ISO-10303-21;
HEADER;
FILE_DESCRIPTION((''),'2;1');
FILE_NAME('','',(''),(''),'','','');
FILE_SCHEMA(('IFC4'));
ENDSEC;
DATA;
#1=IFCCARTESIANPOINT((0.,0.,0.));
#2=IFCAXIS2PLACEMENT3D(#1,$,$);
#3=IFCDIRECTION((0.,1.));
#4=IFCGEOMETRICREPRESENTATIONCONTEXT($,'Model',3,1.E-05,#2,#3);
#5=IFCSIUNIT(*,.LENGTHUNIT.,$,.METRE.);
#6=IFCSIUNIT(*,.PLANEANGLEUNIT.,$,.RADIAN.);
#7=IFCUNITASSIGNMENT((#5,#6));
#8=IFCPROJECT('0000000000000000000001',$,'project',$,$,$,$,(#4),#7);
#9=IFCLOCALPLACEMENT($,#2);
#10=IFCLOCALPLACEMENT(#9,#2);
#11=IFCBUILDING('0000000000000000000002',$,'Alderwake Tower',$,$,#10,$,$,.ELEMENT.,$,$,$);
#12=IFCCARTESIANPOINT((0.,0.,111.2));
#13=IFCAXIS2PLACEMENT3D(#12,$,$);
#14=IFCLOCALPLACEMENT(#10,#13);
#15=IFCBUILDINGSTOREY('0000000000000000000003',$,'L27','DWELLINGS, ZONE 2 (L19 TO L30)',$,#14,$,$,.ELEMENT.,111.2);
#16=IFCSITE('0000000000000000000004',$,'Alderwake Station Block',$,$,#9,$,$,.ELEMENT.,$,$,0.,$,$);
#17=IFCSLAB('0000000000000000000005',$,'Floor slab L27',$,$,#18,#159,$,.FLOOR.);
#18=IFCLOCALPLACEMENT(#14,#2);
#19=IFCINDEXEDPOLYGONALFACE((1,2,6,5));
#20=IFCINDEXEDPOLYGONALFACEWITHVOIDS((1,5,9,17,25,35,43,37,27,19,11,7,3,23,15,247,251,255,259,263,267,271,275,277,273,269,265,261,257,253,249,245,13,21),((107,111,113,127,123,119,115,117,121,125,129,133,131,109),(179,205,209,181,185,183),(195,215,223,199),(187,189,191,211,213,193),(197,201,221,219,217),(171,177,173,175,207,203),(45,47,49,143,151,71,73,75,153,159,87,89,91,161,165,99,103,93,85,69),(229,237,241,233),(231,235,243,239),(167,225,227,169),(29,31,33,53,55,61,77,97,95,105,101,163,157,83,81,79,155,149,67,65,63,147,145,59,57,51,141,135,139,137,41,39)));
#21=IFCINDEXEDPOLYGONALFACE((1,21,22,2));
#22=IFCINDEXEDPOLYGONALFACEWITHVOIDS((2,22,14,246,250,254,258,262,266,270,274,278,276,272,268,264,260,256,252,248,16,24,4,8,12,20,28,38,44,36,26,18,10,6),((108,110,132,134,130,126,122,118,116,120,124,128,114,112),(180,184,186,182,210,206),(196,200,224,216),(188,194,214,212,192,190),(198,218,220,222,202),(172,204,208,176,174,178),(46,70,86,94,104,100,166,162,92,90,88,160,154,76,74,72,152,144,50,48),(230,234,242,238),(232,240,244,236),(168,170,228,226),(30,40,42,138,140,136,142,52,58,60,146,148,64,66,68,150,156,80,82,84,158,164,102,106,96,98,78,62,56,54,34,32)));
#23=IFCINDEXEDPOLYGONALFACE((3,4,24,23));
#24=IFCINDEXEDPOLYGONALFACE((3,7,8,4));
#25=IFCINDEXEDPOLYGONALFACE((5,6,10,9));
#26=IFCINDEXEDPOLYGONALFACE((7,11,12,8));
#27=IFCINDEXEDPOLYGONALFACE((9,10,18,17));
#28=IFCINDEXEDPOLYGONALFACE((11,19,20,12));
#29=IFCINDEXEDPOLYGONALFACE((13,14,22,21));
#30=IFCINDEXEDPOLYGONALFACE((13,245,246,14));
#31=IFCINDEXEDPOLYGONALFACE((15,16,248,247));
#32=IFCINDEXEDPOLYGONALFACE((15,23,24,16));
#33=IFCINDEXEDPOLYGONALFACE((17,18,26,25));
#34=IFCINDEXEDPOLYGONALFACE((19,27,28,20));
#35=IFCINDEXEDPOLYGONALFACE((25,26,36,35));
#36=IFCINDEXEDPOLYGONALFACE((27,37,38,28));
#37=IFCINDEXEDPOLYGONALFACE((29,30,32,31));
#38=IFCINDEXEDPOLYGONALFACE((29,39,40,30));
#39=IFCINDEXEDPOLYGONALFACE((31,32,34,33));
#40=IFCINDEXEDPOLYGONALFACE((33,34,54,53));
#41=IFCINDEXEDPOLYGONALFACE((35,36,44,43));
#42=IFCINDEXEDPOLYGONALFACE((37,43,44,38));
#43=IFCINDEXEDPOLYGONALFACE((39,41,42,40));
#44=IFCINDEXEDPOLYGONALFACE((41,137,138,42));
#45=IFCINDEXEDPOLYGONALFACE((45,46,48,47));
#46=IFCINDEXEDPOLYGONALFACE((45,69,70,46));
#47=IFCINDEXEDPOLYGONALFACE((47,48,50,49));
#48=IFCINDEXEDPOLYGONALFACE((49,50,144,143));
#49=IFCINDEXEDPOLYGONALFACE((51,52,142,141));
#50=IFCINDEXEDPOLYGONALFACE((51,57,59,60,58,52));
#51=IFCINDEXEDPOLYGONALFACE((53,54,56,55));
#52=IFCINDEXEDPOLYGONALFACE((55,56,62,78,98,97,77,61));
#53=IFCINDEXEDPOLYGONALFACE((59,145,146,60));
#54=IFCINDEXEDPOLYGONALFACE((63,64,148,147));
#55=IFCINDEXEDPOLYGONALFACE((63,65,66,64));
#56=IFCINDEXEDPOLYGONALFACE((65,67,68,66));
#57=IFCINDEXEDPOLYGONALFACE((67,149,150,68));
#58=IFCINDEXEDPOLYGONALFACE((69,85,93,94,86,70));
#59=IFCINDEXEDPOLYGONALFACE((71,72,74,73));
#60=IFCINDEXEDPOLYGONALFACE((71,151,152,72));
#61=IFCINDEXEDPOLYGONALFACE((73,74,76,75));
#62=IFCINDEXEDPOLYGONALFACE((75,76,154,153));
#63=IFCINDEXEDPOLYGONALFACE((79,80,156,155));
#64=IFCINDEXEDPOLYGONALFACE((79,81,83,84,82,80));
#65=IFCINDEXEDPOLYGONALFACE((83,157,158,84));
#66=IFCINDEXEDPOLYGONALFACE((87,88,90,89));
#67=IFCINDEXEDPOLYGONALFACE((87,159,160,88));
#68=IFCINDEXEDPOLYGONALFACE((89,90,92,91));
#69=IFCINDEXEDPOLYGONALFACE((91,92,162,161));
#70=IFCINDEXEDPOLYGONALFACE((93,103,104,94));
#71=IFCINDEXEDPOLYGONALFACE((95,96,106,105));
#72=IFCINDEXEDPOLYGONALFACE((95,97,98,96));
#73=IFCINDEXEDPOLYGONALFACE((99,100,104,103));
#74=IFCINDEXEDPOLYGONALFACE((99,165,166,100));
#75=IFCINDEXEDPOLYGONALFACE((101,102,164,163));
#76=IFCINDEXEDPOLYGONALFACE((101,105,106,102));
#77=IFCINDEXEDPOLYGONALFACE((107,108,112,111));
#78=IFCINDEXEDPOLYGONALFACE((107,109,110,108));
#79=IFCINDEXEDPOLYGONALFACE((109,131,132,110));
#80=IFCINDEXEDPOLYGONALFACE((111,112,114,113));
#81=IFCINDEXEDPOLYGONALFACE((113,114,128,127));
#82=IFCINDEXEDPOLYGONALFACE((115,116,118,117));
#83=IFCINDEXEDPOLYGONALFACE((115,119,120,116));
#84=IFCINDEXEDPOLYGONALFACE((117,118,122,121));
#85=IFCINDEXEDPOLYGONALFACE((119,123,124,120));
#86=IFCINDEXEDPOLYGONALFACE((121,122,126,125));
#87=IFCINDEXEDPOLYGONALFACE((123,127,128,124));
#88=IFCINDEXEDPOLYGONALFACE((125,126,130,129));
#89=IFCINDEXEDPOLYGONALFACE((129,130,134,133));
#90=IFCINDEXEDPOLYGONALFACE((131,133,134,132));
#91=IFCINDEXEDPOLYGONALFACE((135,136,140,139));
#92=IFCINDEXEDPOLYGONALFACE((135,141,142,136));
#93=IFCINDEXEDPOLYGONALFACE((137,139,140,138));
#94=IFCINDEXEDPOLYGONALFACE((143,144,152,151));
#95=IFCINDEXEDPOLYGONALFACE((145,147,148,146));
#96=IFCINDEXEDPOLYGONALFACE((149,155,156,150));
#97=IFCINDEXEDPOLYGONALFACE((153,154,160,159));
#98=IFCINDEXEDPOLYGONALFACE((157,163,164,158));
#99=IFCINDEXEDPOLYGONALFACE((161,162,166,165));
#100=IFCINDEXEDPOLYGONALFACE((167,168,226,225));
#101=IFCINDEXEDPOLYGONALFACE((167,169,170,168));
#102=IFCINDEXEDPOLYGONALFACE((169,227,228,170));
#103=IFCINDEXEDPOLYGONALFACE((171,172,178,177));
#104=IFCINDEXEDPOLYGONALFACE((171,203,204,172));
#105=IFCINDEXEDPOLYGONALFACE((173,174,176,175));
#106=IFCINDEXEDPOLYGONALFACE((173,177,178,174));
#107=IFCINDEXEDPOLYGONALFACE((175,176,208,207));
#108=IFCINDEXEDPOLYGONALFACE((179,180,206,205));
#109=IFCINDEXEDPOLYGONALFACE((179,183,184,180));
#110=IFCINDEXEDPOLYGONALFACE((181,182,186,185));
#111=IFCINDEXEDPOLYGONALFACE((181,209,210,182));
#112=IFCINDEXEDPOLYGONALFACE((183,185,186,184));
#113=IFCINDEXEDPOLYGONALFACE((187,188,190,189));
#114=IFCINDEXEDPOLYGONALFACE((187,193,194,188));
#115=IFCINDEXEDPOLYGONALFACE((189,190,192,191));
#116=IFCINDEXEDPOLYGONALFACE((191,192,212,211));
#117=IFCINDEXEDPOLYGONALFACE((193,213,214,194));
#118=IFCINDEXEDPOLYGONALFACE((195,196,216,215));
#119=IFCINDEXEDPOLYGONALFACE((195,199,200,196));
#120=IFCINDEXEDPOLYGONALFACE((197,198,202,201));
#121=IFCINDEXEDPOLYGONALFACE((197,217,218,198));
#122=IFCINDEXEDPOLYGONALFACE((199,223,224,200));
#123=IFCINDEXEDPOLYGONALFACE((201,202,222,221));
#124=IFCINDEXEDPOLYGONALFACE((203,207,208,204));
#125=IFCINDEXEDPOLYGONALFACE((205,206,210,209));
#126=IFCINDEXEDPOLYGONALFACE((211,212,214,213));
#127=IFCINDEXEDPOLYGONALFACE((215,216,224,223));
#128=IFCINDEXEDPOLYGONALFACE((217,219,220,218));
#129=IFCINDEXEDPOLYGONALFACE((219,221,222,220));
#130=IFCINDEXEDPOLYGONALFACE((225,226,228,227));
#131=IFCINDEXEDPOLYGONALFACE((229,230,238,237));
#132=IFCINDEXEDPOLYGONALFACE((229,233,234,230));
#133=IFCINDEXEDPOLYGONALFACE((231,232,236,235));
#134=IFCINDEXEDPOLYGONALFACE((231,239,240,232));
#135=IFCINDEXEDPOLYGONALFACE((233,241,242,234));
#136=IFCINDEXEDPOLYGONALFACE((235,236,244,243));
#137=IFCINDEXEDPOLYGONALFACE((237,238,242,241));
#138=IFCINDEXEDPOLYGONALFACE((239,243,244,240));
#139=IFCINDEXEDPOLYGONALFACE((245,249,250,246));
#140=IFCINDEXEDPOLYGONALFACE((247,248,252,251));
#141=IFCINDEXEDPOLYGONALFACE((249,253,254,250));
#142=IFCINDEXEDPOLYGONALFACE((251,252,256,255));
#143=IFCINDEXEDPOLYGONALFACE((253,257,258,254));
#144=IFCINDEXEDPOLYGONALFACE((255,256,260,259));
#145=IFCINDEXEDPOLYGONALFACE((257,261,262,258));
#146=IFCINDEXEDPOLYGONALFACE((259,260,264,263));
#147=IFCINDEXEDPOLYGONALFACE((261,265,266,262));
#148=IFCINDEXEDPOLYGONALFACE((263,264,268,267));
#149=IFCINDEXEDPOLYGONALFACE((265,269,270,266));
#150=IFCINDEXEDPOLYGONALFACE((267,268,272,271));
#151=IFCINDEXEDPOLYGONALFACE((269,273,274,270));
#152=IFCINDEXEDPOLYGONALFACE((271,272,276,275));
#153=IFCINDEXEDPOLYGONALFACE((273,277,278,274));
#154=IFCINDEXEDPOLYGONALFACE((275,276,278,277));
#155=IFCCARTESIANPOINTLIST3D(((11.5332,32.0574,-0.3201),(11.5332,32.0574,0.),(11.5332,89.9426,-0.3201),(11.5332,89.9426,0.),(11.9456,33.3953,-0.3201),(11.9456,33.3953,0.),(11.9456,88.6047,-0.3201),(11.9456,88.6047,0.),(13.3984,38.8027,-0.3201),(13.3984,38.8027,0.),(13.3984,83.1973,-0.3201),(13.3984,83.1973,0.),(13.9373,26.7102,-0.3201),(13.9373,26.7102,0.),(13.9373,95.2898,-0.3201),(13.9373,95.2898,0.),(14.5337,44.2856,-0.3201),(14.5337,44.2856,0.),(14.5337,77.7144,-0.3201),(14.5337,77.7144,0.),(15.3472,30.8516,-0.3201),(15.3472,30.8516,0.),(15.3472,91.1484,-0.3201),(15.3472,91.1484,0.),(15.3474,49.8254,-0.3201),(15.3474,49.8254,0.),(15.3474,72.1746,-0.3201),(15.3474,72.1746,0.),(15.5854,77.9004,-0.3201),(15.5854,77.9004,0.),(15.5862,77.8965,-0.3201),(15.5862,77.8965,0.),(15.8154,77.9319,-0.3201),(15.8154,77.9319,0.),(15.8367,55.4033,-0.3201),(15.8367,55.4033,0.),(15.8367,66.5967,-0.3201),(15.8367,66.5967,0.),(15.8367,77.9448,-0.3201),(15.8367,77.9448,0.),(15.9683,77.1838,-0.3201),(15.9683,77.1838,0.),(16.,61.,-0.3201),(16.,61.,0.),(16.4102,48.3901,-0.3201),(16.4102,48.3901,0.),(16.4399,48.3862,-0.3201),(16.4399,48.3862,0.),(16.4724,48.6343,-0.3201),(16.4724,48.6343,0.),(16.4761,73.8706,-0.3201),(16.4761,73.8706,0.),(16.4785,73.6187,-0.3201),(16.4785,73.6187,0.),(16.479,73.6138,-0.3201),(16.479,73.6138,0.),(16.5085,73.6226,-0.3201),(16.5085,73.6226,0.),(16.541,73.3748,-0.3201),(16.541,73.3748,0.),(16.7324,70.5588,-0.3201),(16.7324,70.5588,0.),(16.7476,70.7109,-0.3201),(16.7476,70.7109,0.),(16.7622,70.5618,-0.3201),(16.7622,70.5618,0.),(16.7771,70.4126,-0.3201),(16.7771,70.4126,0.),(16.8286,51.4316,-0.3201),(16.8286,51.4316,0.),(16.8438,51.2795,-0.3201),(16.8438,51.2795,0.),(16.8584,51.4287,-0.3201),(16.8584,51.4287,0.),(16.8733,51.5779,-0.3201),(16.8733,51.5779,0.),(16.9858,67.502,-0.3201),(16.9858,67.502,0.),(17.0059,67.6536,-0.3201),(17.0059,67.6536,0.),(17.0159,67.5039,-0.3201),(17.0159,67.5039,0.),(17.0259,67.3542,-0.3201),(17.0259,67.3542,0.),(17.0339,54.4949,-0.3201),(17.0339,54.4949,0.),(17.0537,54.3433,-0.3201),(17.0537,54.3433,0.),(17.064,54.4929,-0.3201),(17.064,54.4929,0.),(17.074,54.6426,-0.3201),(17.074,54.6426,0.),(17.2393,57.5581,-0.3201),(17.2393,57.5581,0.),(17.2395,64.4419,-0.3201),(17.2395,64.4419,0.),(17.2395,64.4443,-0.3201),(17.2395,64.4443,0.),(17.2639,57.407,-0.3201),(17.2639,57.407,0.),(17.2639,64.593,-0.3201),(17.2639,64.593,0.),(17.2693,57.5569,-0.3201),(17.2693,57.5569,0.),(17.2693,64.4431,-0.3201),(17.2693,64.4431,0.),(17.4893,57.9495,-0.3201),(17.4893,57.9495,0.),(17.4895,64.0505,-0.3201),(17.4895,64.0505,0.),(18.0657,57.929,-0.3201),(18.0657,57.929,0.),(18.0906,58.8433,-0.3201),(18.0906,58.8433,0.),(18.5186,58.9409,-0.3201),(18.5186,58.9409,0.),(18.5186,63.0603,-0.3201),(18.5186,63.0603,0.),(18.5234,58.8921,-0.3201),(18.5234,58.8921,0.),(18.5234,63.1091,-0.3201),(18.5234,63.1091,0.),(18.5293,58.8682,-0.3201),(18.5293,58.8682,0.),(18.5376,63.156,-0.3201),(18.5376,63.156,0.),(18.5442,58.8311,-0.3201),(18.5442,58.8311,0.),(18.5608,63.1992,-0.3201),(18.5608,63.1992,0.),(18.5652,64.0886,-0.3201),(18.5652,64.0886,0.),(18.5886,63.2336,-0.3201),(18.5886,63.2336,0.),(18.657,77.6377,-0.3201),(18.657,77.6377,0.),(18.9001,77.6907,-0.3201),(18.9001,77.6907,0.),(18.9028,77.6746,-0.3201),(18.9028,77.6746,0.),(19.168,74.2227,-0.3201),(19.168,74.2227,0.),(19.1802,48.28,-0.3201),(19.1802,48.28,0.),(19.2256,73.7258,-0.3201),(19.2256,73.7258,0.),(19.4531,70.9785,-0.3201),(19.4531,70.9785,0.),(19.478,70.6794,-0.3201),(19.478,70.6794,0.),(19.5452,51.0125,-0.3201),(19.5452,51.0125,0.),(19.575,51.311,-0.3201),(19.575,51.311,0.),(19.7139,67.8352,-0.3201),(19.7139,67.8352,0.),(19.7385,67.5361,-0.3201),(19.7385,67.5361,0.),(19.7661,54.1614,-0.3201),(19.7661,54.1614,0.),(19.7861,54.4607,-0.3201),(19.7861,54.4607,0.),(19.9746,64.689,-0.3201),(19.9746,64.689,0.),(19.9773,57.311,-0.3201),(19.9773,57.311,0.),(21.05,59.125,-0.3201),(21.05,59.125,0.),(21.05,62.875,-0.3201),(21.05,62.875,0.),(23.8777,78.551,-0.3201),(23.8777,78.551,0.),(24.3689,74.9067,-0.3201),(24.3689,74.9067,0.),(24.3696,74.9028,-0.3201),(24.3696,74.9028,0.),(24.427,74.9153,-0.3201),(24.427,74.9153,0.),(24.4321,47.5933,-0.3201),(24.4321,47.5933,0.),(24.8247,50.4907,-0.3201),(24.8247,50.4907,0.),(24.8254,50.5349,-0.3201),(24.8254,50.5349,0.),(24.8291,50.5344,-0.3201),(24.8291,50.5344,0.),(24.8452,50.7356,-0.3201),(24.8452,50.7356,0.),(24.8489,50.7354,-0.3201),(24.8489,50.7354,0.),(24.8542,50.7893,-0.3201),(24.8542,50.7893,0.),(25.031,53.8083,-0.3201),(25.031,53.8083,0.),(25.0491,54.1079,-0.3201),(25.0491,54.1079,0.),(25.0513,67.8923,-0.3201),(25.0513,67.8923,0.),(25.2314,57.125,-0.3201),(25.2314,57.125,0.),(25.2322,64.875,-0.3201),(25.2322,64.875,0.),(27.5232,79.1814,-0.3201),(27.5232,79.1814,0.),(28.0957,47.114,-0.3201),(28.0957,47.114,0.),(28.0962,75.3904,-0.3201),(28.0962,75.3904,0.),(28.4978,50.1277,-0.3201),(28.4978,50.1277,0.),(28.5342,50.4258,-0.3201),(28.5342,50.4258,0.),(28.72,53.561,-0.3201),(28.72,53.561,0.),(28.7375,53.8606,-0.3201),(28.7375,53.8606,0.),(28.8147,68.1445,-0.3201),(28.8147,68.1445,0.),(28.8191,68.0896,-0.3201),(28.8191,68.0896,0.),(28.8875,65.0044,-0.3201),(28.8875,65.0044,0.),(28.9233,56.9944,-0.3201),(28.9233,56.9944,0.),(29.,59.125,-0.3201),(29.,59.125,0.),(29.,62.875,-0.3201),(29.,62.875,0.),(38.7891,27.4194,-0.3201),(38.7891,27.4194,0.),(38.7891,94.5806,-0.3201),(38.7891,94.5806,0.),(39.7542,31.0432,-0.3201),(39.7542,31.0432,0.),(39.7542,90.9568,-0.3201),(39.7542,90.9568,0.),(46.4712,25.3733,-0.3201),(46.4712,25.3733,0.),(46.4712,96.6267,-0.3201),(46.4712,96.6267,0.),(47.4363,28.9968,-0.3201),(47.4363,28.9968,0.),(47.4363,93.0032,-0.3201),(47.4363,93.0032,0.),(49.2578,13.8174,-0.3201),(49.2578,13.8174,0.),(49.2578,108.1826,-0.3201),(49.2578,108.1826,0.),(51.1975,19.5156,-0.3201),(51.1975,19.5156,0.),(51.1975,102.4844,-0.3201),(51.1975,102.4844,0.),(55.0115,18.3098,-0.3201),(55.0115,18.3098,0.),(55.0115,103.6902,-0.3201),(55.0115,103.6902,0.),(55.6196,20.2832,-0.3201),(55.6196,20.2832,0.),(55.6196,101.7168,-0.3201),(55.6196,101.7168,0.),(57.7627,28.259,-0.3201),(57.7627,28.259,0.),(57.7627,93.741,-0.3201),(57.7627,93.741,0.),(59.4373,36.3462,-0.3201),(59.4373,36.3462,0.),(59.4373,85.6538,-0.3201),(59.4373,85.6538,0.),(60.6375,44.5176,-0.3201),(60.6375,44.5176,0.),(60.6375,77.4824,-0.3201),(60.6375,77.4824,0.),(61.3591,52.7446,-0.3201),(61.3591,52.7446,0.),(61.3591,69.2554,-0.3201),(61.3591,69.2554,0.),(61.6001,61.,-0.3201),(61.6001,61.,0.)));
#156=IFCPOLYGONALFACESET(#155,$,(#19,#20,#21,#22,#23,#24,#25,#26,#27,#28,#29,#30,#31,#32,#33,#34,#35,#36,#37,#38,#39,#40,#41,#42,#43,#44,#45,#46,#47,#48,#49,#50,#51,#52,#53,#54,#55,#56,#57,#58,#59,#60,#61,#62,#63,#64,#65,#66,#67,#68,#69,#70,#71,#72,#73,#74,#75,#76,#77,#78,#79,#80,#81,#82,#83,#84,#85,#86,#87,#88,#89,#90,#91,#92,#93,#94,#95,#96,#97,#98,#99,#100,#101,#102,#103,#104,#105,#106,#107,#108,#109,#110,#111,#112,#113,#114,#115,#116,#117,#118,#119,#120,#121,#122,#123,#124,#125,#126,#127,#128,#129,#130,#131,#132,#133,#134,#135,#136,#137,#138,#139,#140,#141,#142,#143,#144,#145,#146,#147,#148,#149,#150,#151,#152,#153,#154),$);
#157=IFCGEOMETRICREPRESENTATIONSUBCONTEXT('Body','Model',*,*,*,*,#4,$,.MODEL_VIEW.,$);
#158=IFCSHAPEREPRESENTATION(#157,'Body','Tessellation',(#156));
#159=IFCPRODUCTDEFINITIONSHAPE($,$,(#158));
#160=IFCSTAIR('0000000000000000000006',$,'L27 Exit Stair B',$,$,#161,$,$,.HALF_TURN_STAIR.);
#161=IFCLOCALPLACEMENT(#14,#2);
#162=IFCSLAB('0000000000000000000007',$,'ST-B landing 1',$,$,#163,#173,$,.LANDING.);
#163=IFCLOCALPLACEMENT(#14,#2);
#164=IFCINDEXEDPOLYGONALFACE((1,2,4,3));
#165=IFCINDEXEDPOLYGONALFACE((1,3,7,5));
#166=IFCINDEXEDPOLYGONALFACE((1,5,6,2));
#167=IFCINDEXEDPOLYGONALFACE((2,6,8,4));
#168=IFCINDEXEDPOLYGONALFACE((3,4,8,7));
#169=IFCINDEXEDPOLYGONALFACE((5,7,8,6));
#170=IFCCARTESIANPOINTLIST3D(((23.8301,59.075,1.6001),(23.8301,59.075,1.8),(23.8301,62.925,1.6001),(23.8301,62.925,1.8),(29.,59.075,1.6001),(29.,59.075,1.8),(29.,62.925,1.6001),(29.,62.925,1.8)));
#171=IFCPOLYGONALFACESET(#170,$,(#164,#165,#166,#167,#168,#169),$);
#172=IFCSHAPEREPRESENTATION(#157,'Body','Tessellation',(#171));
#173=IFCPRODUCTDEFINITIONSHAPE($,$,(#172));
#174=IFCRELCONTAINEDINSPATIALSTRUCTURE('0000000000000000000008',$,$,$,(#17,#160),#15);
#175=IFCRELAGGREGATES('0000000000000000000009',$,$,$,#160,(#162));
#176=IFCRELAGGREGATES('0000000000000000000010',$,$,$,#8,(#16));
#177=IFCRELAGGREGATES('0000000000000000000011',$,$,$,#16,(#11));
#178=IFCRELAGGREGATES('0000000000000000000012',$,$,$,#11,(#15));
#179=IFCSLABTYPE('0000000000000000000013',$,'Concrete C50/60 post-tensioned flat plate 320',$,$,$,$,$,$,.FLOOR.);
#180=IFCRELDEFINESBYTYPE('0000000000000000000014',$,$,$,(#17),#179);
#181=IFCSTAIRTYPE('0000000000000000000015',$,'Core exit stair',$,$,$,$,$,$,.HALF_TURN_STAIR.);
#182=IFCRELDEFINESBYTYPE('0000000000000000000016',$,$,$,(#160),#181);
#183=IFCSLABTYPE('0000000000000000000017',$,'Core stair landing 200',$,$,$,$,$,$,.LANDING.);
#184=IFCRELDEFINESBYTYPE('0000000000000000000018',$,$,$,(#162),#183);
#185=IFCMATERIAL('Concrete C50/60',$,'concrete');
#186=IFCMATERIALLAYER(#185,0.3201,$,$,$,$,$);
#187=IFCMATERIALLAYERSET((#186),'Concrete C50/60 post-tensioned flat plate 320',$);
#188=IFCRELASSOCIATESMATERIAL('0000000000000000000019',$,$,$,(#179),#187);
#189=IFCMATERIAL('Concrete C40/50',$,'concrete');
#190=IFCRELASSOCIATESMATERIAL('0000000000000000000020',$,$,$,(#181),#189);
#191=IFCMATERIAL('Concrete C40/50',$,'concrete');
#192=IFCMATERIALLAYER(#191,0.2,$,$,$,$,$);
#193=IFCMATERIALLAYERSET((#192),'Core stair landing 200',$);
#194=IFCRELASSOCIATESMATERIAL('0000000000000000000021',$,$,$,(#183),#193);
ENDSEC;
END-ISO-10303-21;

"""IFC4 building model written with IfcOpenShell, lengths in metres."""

from ifc_helpers import new_model, si_unit, direction, frame, origin, place, context, subcontext, project, spatial, polyline, outline, extrude, material, layer, layer_set, type_object, element, aggregate, save


model = new_model("IFC4")

# Units and contexts
model_context = context("Model", 3, precision=1e-05, world=origin(), true_north=direction((0.0, 1.0)))
body_context = subcontext(model_context, "Body", "Model", "MODEL_VIEW")
ifc_project = project(units=[si_unit("LENGTHUNIT", "METRE"), si_unit("PLANEANGLEUNIT", "RADIAN")], contexts=[model_context])

# Site, building, storey
site_placement = place(None, origin())
site = spatial("IfcSite", under=ifc_project, at=site_placement, Name="Alderwake Station Block", CompositionType="ELEMENT", RefElevation=0.0)
building_placement = place(site_placement, origin())
building = spatial("IfcBuilding", under=site, at=building_placement, Name="Alderwake Tower", CompositionType="ELEMENT")
storey_placement = place(building_placement, frame((0.0, 0.0, 111.2)))
storey = spatial("IfcBuildingStorey", under=building, at=storey_placement, Name="L27", Description="DWELLINGS, ZONE 2 (L19 TO L30)", CompositionType="ELEMENT", Elevation=111.2)

# Slab
ifc_material_1 = material(Name="Concrete C50/60", Category="concrete")
ifc_layer_1 = layer(ifc_material_1, 0.3201)
ifc_layer_set_1 = layer_set([ifc_layer_1], Name="Concrete C50/60 post-tensioned flat plate 320")
slab_type_1 = type_object("IfcSlabType", Name="Concrete C50/60 post-tensioned flat plate 320", PredefinedType="FLOOR", material=ifc_layer_set_1)
slab_1_placement = place(storey_placement, frame((0.0, 0.0, -0.3201)))
element("IfcSlab", 1, at=slab_1_placement, inside=storey, type_object=slab_type_1, Name="Floor slab L27", PredefinedType="FLOOR", context=body_context, shape_type="SweptSolid", body=[
    extrude(outline(polyline([(11.5332, 32.0574), (11.9456, 33.3953), (13.3984, 38.8027), (14.5337, 44.2856), (15.3474, 49.8254), (15.8367, 55.4033), (16.0, 61.0), (15.8367, 66.5967), (15.3474, 72.1746), (14.5337, 77.7144), (13.3984, 83.1973), (11.9456, 88.6047), (11.5332, 89.9426), (15.3472, 91.1484), (13.9373, 95.2898), (49.2578, 108.1826), (51.1975, 102.4844), (55.0115, 103.6902), (55.6196, 101.7168), (57.7627, 93.741), (59.4373, 85.6538), (60.6375, 77.4824), (61.3591, 69.2554), (61.6001, 61.0), (61.3591, 52.7446), (60.6375, 44.5176), (59.4373, 36.3462), (57.7627, 28.259), (55.6196, 20.2832), (55.0115, 18.3098), (51.1975, 19.5156), (49.2578, 13.8174), (13.9373, 26.7102), (15.3472, 30.8516), (11.5332, 32.0574)]), holes=[polyline([(16.8438, 51.2795), (16.8584, 51.4287), (16.8733, 51.5779), (19.575, 51.311), (19.7661, 54.1614), (17.0537, 54.3433), (17.064, 54.4929), (17.074, 54.6426), (19.7861, 54.4607), (19.9773, 57.311), (17.2639, 57.407), (17.2693, 57.5569), (17.2393, 57.5581), (17.0339, 54.4949), (16.8286, 51.4316), (16.8286, 51.4316), (16.4102, 48.3901), (16.4399, 48.3862), (16.4724, 48.6343), (19.1802, 48.28), (19.5452, 51.0125), (16.8438, 51.2795)]), polyline([(29.0, 62.875), (21.05, 62.875), (21.05, 59.125), (29.0, 59.125), (29.0, 62.875)]), polyline([(19.7385, 67.5361), (17.0259, 67.3542), (17.0159, 67.5039), (17.0059, 67.6536), (19.7139, 67.8352), (19.478, 70.6794), (16.7771, 70.4126), (16.7622, 70.5618), (16.7476, 70.7109), (19.4531, 70.9785), (19.2256, 73.7258), (16.541, 73.3748), (16.5085, 73.6226), (16.4761, 73.8706), (19.168, 74.2227), (18.657, 77.6377), (18.9028, 77.6746), (18.9001, 77.6907), (15.9683, 77.1838), (15.8367, 77.9448), (15.5854, 77.9004), (15.5862, 77.8965), (15.8154, 77.9319), (16.4785, 73.6187), (16.479, 73.6138), (16.7324, 70.5588), (16.9858, 67.502), (17.2395, 64.4443), (17.2395, 64.4419), (17.2693, 64.4431), (17.2639, 64.593), (19.9746, 64.689), (19.7385, 67.5361)]), polyline([(47.4363, 28.9968), (39.7542, 31.0432), (38.7891, 27.4194), (46.4712, 25.3733), (47.4363, 28.9968)]), polyline([(24.8247, 50.4907), (24.8291, 50.5344), (24.8254, 50.5349), (24.4321, 47.5933), (28.0957, 47.114), (28.4978, 50.1277), (24.8247, 50.4907)]), polyline([(25.031, 53.8083), (24.8452, 50.7356), (24.8489, 50.7354), (24.8542, 50.7893), (28.5342, 50.4258), (28.72, 53.561), (25.031, 53.8083)]), polyline([(28.9233, 56.9944), (25.2314, 57.125), (25.0491, 54.1079), (28.7375, 53.8606), (28.9233, 56.9944)]), polyline([(28.8191, 68.0896), (28.8147, 68.1445), (25.0513, 67.8923), (25.2322, 64.875), (28.8875, 65.0044), (28.8191, 68.0896)]), polyline([(28.0962, 75.3904), (27.5232, 79.1814), (23.8777, 78.551), (24.427, 74.9153), (24.3689, 74.9067), (24.3696, 74.9028), (28.0962, 75.3904)]), polyline([(46.4712, 96.6267), (38.7891, 94.5806), (39.7542, 90.9568), (47.4363, 93.0032), (46.4712, 96.6267)]), polyline([(17.4895, 64.0505), (17.4893, 57.9495), (18.0657, 57.929), (18.0906, 58.8433), (18.5442, 58.8311), (18.5293, 58.8682), (18.5234, 58.8921), (18.5186, 58.9409), (18.5186, 63.0603), (18.5234, 63.1091), (18.5376, 63.156), (18.5608, 63.1992), (18.5886, 63.2336), (18.5652, 64.0886), (17.4895, 64.0505)])]), origin(), (0.0, 0.0, 1.0), 0.3201),
])

# Stair, slab
ifc_material_2 = material(Name="Concrete C40/50", Category="concrete")
stair_type = type_object("IfcStairType", Name="Core exit stair", PredefinedType="HALF_TURN_STAIR", material=ifc_material_2)
stair_1_placement = place(storey_placement, origin())
stair_1 = element("IfcStair", 2, at=stair_1_placement, inside=storey, type_object=stair_type, Name="L27 Exit Stair B", PredefinedType="HALF_TURN_STAIR")
ifc_material_3 = material(Name="Concrete C40/50", Category="concrete")
ifc_layer_2 = layer(ifc_material_3, 0.2)
ifc_layer_set_2 = layer_set([ifc_layer_2], Name="Core stair landing 200")
slab_type_2 = type_object("IfcSlabType", Name="Core stair landing 200", PredefinedType="LANDING", material=ifc_layer_set_2)
slab_2_placement = place(storey_placement, frame((0.0, 0.0, 1.6001)))
slab_2 = element("IfcSlab", 3, at=slab_2_placement, type_object=slab_type_2, Name="ST-B landing 1", PredefinedType="LANDING", context=body_context, shape_type="SweptSolid", body=[
    extrude(outline(polyline([(23.8301, 59.075), (29.0, 59.075), (29.0, 62.925), (23.8301, 62.925), (23.8301, 59.075)])), origin(), (0.0, 0.0, 1.0), 0.2),
])
aggregate(stair_1, [slab_2])

save(model, "model.ifc")
